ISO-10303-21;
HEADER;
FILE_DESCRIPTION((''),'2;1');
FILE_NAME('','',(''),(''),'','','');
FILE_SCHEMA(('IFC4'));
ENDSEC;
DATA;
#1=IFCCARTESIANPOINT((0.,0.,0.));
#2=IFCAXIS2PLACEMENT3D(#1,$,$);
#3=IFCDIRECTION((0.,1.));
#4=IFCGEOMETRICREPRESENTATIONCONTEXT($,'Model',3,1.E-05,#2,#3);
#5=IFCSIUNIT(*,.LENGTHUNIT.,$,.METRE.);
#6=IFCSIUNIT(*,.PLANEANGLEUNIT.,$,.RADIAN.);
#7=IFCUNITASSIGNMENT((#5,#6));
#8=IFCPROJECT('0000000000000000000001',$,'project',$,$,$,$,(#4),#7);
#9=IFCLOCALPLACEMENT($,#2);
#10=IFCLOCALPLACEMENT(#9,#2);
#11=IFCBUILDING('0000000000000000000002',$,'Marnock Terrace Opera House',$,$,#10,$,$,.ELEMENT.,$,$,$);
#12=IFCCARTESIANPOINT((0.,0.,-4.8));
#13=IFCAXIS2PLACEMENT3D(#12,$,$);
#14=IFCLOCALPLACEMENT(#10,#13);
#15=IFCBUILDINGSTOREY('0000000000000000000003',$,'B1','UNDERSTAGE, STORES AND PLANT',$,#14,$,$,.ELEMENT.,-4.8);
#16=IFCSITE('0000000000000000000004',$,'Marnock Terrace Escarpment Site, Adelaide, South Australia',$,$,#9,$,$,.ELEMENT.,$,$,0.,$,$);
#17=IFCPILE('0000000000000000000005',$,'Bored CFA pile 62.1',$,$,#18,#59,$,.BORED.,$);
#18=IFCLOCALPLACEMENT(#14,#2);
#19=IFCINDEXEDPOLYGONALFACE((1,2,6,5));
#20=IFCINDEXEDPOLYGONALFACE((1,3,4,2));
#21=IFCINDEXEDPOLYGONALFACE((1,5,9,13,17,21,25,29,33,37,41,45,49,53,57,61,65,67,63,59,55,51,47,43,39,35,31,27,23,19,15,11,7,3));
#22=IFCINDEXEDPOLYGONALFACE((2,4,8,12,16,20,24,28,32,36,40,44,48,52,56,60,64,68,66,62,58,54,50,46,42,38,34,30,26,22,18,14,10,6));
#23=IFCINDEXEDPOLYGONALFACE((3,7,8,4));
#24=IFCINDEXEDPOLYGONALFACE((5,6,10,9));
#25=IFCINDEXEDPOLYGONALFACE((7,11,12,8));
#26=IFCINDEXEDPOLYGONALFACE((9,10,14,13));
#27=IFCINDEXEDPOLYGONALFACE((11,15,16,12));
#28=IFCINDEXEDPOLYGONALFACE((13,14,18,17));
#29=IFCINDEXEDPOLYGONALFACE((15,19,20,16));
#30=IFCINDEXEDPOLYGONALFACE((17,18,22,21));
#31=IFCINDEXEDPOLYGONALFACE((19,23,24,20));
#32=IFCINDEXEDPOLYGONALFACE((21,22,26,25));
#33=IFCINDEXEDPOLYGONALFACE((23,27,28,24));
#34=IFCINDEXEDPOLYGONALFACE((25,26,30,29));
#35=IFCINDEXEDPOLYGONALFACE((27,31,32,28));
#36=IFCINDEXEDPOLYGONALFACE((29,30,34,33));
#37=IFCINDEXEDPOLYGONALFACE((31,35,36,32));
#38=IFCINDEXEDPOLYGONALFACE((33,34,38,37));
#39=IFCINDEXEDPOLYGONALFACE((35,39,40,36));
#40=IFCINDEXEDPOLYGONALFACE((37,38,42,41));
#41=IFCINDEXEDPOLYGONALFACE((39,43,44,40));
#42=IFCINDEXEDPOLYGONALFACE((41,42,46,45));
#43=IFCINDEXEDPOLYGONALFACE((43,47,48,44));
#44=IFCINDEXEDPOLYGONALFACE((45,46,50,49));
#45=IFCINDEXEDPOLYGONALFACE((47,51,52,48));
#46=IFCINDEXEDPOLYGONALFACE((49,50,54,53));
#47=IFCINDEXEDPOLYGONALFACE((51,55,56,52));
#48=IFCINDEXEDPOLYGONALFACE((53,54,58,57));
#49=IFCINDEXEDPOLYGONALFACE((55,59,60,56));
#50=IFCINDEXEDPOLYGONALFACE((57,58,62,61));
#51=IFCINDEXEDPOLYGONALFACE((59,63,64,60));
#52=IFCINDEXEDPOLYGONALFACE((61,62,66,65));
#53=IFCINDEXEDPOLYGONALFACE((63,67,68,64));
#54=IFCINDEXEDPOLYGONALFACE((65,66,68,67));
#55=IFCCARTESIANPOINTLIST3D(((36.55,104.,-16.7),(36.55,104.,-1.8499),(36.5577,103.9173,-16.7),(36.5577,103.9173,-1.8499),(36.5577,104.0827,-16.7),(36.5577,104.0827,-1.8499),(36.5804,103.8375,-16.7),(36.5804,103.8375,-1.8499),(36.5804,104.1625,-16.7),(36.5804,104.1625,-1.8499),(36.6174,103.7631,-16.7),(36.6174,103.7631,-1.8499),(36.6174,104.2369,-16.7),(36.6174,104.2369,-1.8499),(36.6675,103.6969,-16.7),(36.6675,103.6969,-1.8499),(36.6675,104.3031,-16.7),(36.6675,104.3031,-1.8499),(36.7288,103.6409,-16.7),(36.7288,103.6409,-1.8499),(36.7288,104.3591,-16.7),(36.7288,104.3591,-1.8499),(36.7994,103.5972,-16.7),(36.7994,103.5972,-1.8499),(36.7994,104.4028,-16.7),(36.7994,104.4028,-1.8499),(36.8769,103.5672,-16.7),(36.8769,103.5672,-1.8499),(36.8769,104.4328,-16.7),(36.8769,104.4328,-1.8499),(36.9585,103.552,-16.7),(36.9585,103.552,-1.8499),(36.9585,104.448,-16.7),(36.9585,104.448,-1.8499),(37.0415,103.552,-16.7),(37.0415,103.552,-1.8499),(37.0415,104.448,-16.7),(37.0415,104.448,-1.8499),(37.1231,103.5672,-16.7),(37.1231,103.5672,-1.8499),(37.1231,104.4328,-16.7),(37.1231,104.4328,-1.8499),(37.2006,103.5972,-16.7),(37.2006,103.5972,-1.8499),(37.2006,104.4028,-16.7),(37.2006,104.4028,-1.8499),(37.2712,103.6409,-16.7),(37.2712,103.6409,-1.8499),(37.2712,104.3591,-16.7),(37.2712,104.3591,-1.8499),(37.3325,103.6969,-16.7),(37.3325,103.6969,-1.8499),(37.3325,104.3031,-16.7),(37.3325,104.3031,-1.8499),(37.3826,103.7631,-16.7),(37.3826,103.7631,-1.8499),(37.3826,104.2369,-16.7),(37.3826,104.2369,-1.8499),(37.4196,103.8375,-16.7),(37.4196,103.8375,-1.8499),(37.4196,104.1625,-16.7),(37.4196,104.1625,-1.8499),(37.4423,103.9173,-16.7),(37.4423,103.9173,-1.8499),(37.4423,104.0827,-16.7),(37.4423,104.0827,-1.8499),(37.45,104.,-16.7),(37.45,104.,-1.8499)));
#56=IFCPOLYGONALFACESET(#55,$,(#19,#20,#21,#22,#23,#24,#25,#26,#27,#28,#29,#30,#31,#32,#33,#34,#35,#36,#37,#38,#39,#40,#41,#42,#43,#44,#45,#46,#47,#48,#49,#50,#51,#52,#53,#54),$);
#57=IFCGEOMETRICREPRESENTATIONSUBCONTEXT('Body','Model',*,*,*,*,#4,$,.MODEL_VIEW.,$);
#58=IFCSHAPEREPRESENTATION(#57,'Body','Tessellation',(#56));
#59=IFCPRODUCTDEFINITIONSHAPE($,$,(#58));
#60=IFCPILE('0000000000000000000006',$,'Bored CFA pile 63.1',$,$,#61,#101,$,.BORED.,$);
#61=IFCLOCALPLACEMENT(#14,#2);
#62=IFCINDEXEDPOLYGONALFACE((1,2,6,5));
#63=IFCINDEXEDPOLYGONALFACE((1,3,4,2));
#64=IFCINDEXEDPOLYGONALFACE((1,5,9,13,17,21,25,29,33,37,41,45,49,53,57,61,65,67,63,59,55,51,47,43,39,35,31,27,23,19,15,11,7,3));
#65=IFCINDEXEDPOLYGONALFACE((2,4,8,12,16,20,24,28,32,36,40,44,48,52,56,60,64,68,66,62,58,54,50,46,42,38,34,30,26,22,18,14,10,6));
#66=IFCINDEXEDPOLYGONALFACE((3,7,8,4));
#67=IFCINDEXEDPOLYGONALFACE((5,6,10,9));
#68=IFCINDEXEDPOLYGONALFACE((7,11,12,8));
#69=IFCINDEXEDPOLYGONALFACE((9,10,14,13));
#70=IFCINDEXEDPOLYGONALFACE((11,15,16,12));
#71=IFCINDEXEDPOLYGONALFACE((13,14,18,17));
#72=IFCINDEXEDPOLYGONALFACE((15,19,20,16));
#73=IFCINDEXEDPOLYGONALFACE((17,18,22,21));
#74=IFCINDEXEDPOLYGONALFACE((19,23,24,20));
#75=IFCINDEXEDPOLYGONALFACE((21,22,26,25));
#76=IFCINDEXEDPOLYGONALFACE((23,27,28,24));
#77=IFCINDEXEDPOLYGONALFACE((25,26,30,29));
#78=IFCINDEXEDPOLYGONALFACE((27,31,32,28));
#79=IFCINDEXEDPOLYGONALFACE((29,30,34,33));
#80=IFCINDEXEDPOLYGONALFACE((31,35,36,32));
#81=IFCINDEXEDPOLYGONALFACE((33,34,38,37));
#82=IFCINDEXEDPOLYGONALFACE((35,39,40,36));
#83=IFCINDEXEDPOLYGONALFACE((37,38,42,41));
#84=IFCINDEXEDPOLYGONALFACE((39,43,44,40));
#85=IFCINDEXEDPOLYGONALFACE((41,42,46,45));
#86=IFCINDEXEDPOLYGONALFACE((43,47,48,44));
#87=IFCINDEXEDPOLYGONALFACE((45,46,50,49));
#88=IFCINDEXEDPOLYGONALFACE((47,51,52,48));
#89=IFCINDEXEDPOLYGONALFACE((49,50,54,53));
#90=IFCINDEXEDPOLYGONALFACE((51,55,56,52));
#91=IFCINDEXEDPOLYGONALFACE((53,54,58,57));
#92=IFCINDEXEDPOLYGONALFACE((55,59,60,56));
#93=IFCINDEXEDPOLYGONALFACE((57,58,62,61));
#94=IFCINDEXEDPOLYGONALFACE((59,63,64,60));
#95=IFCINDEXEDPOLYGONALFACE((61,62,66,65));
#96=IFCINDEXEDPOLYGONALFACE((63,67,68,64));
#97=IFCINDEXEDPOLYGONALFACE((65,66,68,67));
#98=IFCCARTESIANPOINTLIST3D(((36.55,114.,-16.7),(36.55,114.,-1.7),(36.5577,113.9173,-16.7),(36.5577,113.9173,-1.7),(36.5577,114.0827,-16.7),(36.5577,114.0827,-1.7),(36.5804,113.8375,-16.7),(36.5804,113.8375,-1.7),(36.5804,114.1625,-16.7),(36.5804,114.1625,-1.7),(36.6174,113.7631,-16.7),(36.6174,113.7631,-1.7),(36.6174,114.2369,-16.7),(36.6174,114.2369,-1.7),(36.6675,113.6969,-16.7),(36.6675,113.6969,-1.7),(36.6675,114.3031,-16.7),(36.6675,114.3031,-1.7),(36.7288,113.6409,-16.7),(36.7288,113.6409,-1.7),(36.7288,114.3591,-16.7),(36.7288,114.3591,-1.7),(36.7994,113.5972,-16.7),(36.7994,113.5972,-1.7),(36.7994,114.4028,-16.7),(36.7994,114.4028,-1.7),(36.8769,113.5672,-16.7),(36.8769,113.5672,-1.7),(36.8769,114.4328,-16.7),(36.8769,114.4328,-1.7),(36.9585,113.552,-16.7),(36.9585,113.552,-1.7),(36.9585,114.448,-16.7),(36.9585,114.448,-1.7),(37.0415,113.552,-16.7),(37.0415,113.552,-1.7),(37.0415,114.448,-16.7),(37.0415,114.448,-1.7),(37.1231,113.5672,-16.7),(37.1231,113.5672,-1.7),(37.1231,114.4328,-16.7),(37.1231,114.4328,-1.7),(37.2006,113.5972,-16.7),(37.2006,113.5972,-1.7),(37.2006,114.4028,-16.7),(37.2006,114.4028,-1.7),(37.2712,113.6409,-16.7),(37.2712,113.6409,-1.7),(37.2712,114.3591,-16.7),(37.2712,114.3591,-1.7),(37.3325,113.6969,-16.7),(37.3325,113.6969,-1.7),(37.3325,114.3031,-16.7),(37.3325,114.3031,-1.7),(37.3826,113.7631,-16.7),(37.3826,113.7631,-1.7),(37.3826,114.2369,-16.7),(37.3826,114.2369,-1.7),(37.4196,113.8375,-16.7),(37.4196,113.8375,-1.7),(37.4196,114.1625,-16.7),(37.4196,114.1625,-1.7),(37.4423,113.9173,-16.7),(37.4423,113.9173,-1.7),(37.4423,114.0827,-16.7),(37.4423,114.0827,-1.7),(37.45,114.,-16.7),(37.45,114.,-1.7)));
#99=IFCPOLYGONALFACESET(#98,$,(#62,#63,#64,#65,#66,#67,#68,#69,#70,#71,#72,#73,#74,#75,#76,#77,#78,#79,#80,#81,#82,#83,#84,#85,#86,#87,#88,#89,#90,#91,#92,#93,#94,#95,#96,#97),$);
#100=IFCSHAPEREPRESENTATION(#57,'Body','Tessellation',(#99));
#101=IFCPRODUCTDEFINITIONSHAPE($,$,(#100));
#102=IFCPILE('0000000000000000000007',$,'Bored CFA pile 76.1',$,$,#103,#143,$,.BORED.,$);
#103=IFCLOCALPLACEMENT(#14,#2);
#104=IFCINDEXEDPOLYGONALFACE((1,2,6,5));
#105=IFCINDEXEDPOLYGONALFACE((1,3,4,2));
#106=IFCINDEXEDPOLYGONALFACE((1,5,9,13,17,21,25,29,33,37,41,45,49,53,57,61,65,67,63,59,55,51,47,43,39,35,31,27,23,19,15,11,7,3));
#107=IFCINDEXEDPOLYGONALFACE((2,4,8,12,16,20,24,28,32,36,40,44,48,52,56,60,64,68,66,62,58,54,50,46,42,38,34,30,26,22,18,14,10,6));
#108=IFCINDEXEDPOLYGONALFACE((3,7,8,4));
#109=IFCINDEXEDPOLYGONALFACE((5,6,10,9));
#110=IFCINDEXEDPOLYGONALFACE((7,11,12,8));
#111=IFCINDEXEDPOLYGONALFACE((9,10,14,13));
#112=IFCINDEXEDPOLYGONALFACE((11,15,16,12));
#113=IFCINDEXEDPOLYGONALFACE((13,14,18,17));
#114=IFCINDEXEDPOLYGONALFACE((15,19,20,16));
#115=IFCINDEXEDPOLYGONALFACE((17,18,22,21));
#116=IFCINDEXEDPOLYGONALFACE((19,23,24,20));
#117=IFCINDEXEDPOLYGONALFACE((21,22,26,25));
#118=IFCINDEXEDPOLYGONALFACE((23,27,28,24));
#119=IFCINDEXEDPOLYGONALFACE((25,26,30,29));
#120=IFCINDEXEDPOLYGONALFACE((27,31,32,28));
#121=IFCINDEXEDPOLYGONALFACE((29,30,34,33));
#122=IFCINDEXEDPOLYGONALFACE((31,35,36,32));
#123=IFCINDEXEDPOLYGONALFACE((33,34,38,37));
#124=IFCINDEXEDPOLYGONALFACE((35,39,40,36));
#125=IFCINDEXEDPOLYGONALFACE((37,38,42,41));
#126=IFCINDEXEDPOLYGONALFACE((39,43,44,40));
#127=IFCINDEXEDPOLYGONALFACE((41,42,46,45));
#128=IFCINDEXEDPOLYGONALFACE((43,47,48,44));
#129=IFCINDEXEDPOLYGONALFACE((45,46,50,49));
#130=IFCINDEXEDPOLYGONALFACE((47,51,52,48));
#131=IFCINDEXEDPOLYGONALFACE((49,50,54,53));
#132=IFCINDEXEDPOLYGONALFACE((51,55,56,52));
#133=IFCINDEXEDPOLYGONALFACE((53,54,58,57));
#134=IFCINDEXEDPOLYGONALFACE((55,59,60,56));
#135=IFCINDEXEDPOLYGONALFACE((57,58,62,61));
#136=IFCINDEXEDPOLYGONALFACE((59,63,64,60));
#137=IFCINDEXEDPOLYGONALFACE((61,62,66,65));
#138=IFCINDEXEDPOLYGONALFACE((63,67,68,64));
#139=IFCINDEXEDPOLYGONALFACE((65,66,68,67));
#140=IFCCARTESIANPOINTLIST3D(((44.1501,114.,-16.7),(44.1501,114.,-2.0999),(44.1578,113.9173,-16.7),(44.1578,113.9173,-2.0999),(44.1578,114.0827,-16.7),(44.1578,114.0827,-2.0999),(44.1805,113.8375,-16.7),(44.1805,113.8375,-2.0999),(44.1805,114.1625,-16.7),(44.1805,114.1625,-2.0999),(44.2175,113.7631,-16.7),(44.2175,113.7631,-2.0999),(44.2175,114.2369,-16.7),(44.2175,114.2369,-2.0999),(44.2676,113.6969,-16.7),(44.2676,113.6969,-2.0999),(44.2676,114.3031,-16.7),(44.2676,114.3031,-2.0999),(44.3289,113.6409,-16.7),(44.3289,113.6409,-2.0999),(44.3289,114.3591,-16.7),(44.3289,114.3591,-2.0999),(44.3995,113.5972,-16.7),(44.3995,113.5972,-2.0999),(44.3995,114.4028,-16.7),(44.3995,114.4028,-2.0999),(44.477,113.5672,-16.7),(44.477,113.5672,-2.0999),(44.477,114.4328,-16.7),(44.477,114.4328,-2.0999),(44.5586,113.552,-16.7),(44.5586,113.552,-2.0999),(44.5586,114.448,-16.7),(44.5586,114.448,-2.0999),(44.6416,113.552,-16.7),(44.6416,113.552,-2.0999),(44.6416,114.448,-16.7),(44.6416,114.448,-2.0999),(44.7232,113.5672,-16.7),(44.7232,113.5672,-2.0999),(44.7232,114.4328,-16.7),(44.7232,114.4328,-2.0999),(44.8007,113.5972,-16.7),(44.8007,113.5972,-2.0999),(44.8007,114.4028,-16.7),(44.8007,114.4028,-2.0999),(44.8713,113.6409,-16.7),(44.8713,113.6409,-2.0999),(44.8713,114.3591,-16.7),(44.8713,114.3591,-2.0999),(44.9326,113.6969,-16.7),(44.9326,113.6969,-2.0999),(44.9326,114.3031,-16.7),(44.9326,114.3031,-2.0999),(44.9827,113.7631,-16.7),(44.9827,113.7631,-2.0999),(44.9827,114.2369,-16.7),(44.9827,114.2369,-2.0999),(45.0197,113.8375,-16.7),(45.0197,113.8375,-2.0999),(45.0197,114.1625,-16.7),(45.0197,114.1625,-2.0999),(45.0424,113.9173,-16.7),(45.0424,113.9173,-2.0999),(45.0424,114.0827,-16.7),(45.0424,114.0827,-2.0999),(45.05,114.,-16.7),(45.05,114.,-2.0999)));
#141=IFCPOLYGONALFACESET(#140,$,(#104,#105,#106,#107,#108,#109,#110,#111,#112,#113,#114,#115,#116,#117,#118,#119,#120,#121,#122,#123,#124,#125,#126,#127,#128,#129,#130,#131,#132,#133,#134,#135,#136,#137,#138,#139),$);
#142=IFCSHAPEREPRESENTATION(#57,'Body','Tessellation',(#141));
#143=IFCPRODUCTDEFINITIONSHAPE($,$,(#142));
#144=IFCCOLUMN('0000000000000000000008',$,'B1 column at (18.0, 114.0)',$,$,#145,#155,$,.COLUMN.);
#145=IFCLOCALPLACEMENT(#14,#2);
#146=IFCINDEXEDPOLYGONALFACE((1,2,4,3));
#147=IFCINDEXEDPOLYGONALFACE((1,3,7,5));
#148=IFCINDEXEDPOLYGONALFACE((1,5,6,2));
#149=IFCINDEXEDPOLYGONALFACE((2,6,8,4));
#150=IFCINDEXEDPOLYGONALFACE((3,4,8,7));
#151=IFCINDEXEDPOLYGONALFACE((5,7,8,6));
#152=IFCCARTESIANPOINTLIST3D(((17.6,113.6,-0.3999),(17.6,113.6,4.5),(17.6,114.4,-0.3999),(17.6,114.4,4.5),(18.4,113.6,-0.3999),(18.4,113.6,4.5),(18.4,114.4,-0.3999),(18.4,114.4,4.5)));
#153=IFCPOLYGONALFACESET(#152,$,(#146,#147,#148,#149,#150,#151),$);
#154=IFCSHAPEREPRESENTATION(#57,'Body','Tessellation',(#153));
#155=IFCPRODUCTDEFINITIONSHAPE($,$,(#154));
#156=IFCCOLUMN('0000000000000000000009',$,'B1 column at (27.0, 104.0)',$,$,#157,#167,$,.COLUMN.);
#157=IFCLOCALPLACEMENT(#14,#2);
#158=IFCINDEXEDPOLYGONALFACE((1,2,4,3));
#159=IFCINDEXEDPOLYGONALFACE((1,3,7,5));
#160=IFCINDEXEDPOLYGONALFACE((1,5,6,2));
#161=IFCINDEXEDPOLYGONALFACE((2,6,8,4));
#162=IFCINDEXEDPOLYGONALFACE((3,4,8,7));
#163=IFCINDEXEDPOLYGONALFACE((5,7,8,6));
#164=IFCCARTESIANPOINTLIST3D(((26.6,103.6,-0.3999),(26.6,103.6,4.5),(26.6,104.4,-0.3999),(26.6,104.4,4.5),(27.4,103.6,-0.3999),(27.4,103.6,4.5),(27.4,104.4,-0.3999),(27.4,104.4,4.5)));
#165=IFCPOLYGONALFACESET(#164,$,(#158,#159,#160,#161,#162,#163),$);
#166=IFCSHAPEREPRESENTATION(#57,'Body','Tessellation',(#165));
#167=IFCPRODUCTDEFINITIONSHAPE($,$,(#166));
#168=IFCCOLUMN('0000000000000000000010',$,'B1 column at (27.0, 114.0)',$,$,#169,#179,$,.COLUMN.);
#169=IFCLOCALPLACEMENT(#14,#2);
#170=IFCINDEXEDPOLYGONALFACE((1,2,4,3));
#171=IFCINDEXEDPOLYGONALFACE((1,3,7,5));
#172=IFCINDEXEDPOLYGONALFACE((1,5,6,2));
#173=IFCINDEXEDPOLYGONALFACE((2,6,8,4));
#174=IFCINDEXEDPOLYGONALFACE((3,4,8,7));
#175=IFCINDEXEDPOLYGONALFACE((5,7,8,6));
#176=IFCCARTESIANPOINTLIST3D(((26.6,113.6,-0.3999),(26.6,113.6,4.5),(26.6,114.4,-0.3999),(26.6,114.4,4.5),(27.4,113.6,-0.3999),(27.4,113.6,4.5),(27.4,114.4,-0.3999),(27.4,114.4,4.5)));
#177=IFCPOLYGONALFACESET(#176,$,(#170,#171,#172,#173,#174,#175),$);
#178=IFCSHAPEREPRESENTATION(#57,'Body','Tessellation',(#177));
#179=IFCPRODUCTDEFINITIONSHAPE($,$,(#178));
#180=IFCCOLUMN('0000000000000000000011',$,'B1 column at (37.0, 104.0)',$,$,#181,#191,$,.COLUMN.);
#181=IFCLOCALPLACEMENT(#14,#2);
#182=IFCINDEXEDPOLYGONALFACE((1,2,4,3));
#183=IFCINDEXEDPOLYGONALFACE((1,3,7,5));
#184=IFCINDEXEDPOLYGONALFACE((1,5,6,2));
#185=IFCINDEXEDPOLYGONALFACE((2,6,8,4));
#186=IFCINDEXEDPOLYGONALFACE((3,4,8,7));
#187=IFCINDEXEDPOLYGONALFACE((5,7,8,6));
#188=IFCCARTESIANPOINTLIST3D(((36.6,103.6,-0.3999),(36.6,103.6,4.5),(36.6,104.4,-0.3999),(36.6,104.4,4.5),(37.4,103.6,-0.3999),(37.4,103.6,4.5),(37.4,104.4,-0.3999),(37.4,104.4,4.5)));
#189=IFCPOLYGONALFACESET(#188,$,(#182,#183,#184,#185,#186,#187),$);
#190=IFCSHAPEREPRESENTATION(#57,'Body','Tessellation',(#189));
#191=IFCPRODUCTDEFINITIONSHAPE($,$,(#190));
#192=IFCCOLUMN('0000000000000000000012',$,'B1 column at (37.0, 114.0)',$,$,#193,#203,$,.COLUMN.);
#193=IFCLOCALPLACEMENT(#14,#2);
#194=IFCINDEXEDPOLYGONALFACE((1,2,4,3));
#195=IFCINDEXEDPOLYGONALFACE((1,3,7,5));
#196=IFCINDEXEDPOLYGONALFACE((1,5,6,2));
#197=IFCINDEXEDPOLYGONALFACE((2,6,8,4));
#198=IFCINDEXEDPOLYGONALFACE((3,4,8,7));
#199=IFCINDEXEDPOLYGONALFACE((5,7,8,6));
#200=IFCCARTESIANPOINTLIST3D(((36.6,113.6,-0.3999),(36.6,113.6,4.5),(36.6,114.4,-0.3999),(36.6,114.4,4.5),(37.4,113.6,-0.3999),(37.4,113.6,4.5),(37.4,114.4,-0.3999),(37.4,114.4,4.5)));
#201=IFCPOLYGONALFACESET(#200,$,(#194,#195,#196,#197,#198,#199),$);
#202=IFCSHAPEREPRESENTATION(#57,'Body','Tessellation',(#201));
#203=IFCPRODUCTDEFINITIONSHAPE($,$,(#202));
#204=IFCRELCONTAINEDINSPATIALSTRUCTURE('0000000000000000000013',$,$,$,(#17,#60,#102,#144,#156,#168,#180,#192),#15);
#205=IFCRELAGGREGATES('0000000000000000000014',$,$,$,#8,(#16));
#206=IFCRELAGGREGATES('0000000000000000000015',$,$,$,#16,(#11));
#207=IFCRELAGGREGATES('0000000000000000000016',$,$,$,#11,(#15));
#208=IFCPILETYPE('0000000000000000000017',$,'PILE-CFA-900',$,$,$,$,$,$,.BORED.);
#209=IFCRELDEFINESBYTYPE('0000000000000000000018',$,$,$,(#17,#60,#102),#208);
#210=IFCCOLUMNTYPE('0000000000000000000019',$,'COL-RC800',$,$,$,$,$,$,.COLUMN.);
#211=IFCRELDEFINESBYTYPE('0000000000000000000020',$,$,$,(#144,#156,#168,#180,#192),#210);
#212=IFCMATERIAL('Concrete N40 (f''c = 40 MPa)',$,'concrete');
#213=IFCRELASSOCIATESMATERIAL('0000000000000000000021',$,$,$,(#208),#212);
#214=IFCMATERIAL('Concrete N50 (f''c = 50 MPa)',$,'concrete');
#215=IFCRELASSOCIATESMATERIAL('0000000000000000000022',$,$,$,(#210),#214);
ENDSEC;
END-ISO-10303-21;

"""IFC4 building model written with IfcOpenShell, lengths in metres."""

from ifc_helpers import new_model, si_unit, direction, frame, origin, origin_2d, place, context, subcontext, project, spatial, rectangle, circle, extrude, material, material_profile, profile_set, type_object, element, save


model = new_model("IFC4")

# Units and contexts
model_context = context("Model", 3, precision=1e-05, world=origin(), true_north=direction((0.0, 1.0)))
body_context = subcontext(model_context, "Body", "Model", "MODEL_VIEW")
ifc_project = project(units=[si_unit("LENGTHUNIT", "METRE"), si_unit("PLANEANGLEUNIT", "RADIAN")], contexts=[model_context])

# Site, building, storey
site_placement = place(None, origin())
site = spatial("IfcSite", under=ifc_project, at=site_placement, Name="Marnock Terrace Escarpment Site, Adelaide, South Australia", CompositionType="ELEMENT", RefElevation=0.0)
building_placement = place(site_placement, origin())
building = spatial("IfcBuilding", under=site, at=building_placement, Name="Marnock Terrace Opera House", CompositionType="ELEMENT")
storey_placement = place(building_placement, frame((0.0, 0.0, -4.8)))
storey = spatial("IfcBuildingStorey", under=building, at=storey_placement, Name="B1", Description="UNDERSTAGE, STORES AND PLANT", CompositionType="ELEMENT", Elevation=-4.8)

# Shared definitions
ifc_material_1 = material(Name="Concrete N40 (f'c = 40 MPa)", Category="concrete")

# Piles
ifc_material_profile_1 = material_profile(ifc_material_1, circle(Radius=0.45, at=origin_2d()))
ifc_profile_set_1 = profile_set([ifc_material_profile_1], Name="Concrete N40 (f'c = 40 MPa)")
pile_type = type_object("IfcPileType", Name="PILE-CFA-900", PredefinedType="BORED", material=ifc_profile_set_1)
for number, where, z_axis, x_axis, name in (
    (1, (37.0, 104.0, -1.8499), (0.0, 0.0, -1.0), (1.0, 0.0, 0.0), "Bored CFA pile 62.1"),
):
    element("IfcPile", number, at=place(storey_placement, frame(where, z_axis=z_axis, x_axis=x_axis)), inside=storey, type_object=pile_type, Name=name, PredefinedType="BORED", context=body_context, shape_type="SweptSolid", body=[
        extrude(circle(Radius=0.45, at=origin_2d()), origin(), (0.0, 0.0, 1.0), 14.8501),
    ])
pile_1_placement = place(storey_placement, frame((37.0, 114.0, -1.7), z_axis=(0.0, 0.0, -1.0), x_axis=(1.0, 0.0, 0.0)))
element("IfcPile", 2, at=pile_1_placement, inside=storey, type_object=pile_type, Name="Bored CFA pile 63.1", PredefinedType="BORED", context=body_context, shape_type="SweptSolid", body=[
    extrude(circle(Radius=0.45, at=origin_2d()), origin(), (0.0, 0.0, 1.0), 15.0),
])
pile_2_placement = place(storey_placement, frame((44.6001, 114.0, -2.0999), z_axis=(0.0, 0.0, -1.0), x_axis=(1.0, 0.0, 0.0)))
element("IfcPile", 3, at=pile_2_placement, inside=storey, type_object=pile_type, Name="Bored CFA pile 76.1", PredefinedType="BORED", context=body_context, shape_type="SweptSolid", body=[
    extrude(circle(Radius=0.45, at=origin_2d()), origin(), (0.0, 0.0, 1.0), 14.6001),
])

# Columns
ifc_material_2 = material(Name="Concrete N50 (f'c = 50 MPa)", Category="concrete")
ifc_material_profile_2 = material_profile(ifc_material_2, rectangle(XDim=0.8, YDim=0.8, at=origin_2d()))
ifc_profile_set_2 = profile_set([ifc_material_profile_2], Name="Concrete N50 (f'c = 50 MPa)")
column_type = type_object("IfcColumnType", Name="COL-RC800", PredefinedType="COLUMN", material=ifc_profile_set_2)
for number, where, z_axis, x_axis, name in (
    (4, (18.0, 114.0, -0.3999), (0.0, 0.0, 1.0), (1.0, 0.0, 0.0), "B1 column at (18.0, 114.0)"),
    (5, (27.0, 104.0, -0.3999), (0.0, 0.0, 1.0), (1.0, 0.0, 0.0), "B1 column at (27.0, 104.0)"),
    (6, (27.0, 114.0, -0.3999), (0.0, 0.0, 1.0), (1.0, 0.0, 0.0), "B1 column at (27.0, 114.0)"),
    (7, (37.0, 104.0, -0.3999), (0.0, 0.0, 1.0), (1.0, 0.0, 0.0), "B1 column at (37.0, 104.0)"),
    (8, (37.0, 114.0, -0.3999), (0.0, 0.0, 1.0), (1.0, 0.0, 0.0), "B1 column at (37.0, 114.0)"),
):
    element("IfcColumn", number, at=place(storey_placement, frame(where, z_axis=z_axis, x_axis=x_axis)), inside=storey, type_object=column_type, Name=name, PredefinedType="COLUMN", context=body_context, shape_type="SweptSolid", body=[
        extrude(rectangle(XDim=0.8, YDim=0.8, at=origin_2d()), origin(), (0.0, 0.0, 1.0), 4.8999),
    ])

save(model, "model.ifc")
